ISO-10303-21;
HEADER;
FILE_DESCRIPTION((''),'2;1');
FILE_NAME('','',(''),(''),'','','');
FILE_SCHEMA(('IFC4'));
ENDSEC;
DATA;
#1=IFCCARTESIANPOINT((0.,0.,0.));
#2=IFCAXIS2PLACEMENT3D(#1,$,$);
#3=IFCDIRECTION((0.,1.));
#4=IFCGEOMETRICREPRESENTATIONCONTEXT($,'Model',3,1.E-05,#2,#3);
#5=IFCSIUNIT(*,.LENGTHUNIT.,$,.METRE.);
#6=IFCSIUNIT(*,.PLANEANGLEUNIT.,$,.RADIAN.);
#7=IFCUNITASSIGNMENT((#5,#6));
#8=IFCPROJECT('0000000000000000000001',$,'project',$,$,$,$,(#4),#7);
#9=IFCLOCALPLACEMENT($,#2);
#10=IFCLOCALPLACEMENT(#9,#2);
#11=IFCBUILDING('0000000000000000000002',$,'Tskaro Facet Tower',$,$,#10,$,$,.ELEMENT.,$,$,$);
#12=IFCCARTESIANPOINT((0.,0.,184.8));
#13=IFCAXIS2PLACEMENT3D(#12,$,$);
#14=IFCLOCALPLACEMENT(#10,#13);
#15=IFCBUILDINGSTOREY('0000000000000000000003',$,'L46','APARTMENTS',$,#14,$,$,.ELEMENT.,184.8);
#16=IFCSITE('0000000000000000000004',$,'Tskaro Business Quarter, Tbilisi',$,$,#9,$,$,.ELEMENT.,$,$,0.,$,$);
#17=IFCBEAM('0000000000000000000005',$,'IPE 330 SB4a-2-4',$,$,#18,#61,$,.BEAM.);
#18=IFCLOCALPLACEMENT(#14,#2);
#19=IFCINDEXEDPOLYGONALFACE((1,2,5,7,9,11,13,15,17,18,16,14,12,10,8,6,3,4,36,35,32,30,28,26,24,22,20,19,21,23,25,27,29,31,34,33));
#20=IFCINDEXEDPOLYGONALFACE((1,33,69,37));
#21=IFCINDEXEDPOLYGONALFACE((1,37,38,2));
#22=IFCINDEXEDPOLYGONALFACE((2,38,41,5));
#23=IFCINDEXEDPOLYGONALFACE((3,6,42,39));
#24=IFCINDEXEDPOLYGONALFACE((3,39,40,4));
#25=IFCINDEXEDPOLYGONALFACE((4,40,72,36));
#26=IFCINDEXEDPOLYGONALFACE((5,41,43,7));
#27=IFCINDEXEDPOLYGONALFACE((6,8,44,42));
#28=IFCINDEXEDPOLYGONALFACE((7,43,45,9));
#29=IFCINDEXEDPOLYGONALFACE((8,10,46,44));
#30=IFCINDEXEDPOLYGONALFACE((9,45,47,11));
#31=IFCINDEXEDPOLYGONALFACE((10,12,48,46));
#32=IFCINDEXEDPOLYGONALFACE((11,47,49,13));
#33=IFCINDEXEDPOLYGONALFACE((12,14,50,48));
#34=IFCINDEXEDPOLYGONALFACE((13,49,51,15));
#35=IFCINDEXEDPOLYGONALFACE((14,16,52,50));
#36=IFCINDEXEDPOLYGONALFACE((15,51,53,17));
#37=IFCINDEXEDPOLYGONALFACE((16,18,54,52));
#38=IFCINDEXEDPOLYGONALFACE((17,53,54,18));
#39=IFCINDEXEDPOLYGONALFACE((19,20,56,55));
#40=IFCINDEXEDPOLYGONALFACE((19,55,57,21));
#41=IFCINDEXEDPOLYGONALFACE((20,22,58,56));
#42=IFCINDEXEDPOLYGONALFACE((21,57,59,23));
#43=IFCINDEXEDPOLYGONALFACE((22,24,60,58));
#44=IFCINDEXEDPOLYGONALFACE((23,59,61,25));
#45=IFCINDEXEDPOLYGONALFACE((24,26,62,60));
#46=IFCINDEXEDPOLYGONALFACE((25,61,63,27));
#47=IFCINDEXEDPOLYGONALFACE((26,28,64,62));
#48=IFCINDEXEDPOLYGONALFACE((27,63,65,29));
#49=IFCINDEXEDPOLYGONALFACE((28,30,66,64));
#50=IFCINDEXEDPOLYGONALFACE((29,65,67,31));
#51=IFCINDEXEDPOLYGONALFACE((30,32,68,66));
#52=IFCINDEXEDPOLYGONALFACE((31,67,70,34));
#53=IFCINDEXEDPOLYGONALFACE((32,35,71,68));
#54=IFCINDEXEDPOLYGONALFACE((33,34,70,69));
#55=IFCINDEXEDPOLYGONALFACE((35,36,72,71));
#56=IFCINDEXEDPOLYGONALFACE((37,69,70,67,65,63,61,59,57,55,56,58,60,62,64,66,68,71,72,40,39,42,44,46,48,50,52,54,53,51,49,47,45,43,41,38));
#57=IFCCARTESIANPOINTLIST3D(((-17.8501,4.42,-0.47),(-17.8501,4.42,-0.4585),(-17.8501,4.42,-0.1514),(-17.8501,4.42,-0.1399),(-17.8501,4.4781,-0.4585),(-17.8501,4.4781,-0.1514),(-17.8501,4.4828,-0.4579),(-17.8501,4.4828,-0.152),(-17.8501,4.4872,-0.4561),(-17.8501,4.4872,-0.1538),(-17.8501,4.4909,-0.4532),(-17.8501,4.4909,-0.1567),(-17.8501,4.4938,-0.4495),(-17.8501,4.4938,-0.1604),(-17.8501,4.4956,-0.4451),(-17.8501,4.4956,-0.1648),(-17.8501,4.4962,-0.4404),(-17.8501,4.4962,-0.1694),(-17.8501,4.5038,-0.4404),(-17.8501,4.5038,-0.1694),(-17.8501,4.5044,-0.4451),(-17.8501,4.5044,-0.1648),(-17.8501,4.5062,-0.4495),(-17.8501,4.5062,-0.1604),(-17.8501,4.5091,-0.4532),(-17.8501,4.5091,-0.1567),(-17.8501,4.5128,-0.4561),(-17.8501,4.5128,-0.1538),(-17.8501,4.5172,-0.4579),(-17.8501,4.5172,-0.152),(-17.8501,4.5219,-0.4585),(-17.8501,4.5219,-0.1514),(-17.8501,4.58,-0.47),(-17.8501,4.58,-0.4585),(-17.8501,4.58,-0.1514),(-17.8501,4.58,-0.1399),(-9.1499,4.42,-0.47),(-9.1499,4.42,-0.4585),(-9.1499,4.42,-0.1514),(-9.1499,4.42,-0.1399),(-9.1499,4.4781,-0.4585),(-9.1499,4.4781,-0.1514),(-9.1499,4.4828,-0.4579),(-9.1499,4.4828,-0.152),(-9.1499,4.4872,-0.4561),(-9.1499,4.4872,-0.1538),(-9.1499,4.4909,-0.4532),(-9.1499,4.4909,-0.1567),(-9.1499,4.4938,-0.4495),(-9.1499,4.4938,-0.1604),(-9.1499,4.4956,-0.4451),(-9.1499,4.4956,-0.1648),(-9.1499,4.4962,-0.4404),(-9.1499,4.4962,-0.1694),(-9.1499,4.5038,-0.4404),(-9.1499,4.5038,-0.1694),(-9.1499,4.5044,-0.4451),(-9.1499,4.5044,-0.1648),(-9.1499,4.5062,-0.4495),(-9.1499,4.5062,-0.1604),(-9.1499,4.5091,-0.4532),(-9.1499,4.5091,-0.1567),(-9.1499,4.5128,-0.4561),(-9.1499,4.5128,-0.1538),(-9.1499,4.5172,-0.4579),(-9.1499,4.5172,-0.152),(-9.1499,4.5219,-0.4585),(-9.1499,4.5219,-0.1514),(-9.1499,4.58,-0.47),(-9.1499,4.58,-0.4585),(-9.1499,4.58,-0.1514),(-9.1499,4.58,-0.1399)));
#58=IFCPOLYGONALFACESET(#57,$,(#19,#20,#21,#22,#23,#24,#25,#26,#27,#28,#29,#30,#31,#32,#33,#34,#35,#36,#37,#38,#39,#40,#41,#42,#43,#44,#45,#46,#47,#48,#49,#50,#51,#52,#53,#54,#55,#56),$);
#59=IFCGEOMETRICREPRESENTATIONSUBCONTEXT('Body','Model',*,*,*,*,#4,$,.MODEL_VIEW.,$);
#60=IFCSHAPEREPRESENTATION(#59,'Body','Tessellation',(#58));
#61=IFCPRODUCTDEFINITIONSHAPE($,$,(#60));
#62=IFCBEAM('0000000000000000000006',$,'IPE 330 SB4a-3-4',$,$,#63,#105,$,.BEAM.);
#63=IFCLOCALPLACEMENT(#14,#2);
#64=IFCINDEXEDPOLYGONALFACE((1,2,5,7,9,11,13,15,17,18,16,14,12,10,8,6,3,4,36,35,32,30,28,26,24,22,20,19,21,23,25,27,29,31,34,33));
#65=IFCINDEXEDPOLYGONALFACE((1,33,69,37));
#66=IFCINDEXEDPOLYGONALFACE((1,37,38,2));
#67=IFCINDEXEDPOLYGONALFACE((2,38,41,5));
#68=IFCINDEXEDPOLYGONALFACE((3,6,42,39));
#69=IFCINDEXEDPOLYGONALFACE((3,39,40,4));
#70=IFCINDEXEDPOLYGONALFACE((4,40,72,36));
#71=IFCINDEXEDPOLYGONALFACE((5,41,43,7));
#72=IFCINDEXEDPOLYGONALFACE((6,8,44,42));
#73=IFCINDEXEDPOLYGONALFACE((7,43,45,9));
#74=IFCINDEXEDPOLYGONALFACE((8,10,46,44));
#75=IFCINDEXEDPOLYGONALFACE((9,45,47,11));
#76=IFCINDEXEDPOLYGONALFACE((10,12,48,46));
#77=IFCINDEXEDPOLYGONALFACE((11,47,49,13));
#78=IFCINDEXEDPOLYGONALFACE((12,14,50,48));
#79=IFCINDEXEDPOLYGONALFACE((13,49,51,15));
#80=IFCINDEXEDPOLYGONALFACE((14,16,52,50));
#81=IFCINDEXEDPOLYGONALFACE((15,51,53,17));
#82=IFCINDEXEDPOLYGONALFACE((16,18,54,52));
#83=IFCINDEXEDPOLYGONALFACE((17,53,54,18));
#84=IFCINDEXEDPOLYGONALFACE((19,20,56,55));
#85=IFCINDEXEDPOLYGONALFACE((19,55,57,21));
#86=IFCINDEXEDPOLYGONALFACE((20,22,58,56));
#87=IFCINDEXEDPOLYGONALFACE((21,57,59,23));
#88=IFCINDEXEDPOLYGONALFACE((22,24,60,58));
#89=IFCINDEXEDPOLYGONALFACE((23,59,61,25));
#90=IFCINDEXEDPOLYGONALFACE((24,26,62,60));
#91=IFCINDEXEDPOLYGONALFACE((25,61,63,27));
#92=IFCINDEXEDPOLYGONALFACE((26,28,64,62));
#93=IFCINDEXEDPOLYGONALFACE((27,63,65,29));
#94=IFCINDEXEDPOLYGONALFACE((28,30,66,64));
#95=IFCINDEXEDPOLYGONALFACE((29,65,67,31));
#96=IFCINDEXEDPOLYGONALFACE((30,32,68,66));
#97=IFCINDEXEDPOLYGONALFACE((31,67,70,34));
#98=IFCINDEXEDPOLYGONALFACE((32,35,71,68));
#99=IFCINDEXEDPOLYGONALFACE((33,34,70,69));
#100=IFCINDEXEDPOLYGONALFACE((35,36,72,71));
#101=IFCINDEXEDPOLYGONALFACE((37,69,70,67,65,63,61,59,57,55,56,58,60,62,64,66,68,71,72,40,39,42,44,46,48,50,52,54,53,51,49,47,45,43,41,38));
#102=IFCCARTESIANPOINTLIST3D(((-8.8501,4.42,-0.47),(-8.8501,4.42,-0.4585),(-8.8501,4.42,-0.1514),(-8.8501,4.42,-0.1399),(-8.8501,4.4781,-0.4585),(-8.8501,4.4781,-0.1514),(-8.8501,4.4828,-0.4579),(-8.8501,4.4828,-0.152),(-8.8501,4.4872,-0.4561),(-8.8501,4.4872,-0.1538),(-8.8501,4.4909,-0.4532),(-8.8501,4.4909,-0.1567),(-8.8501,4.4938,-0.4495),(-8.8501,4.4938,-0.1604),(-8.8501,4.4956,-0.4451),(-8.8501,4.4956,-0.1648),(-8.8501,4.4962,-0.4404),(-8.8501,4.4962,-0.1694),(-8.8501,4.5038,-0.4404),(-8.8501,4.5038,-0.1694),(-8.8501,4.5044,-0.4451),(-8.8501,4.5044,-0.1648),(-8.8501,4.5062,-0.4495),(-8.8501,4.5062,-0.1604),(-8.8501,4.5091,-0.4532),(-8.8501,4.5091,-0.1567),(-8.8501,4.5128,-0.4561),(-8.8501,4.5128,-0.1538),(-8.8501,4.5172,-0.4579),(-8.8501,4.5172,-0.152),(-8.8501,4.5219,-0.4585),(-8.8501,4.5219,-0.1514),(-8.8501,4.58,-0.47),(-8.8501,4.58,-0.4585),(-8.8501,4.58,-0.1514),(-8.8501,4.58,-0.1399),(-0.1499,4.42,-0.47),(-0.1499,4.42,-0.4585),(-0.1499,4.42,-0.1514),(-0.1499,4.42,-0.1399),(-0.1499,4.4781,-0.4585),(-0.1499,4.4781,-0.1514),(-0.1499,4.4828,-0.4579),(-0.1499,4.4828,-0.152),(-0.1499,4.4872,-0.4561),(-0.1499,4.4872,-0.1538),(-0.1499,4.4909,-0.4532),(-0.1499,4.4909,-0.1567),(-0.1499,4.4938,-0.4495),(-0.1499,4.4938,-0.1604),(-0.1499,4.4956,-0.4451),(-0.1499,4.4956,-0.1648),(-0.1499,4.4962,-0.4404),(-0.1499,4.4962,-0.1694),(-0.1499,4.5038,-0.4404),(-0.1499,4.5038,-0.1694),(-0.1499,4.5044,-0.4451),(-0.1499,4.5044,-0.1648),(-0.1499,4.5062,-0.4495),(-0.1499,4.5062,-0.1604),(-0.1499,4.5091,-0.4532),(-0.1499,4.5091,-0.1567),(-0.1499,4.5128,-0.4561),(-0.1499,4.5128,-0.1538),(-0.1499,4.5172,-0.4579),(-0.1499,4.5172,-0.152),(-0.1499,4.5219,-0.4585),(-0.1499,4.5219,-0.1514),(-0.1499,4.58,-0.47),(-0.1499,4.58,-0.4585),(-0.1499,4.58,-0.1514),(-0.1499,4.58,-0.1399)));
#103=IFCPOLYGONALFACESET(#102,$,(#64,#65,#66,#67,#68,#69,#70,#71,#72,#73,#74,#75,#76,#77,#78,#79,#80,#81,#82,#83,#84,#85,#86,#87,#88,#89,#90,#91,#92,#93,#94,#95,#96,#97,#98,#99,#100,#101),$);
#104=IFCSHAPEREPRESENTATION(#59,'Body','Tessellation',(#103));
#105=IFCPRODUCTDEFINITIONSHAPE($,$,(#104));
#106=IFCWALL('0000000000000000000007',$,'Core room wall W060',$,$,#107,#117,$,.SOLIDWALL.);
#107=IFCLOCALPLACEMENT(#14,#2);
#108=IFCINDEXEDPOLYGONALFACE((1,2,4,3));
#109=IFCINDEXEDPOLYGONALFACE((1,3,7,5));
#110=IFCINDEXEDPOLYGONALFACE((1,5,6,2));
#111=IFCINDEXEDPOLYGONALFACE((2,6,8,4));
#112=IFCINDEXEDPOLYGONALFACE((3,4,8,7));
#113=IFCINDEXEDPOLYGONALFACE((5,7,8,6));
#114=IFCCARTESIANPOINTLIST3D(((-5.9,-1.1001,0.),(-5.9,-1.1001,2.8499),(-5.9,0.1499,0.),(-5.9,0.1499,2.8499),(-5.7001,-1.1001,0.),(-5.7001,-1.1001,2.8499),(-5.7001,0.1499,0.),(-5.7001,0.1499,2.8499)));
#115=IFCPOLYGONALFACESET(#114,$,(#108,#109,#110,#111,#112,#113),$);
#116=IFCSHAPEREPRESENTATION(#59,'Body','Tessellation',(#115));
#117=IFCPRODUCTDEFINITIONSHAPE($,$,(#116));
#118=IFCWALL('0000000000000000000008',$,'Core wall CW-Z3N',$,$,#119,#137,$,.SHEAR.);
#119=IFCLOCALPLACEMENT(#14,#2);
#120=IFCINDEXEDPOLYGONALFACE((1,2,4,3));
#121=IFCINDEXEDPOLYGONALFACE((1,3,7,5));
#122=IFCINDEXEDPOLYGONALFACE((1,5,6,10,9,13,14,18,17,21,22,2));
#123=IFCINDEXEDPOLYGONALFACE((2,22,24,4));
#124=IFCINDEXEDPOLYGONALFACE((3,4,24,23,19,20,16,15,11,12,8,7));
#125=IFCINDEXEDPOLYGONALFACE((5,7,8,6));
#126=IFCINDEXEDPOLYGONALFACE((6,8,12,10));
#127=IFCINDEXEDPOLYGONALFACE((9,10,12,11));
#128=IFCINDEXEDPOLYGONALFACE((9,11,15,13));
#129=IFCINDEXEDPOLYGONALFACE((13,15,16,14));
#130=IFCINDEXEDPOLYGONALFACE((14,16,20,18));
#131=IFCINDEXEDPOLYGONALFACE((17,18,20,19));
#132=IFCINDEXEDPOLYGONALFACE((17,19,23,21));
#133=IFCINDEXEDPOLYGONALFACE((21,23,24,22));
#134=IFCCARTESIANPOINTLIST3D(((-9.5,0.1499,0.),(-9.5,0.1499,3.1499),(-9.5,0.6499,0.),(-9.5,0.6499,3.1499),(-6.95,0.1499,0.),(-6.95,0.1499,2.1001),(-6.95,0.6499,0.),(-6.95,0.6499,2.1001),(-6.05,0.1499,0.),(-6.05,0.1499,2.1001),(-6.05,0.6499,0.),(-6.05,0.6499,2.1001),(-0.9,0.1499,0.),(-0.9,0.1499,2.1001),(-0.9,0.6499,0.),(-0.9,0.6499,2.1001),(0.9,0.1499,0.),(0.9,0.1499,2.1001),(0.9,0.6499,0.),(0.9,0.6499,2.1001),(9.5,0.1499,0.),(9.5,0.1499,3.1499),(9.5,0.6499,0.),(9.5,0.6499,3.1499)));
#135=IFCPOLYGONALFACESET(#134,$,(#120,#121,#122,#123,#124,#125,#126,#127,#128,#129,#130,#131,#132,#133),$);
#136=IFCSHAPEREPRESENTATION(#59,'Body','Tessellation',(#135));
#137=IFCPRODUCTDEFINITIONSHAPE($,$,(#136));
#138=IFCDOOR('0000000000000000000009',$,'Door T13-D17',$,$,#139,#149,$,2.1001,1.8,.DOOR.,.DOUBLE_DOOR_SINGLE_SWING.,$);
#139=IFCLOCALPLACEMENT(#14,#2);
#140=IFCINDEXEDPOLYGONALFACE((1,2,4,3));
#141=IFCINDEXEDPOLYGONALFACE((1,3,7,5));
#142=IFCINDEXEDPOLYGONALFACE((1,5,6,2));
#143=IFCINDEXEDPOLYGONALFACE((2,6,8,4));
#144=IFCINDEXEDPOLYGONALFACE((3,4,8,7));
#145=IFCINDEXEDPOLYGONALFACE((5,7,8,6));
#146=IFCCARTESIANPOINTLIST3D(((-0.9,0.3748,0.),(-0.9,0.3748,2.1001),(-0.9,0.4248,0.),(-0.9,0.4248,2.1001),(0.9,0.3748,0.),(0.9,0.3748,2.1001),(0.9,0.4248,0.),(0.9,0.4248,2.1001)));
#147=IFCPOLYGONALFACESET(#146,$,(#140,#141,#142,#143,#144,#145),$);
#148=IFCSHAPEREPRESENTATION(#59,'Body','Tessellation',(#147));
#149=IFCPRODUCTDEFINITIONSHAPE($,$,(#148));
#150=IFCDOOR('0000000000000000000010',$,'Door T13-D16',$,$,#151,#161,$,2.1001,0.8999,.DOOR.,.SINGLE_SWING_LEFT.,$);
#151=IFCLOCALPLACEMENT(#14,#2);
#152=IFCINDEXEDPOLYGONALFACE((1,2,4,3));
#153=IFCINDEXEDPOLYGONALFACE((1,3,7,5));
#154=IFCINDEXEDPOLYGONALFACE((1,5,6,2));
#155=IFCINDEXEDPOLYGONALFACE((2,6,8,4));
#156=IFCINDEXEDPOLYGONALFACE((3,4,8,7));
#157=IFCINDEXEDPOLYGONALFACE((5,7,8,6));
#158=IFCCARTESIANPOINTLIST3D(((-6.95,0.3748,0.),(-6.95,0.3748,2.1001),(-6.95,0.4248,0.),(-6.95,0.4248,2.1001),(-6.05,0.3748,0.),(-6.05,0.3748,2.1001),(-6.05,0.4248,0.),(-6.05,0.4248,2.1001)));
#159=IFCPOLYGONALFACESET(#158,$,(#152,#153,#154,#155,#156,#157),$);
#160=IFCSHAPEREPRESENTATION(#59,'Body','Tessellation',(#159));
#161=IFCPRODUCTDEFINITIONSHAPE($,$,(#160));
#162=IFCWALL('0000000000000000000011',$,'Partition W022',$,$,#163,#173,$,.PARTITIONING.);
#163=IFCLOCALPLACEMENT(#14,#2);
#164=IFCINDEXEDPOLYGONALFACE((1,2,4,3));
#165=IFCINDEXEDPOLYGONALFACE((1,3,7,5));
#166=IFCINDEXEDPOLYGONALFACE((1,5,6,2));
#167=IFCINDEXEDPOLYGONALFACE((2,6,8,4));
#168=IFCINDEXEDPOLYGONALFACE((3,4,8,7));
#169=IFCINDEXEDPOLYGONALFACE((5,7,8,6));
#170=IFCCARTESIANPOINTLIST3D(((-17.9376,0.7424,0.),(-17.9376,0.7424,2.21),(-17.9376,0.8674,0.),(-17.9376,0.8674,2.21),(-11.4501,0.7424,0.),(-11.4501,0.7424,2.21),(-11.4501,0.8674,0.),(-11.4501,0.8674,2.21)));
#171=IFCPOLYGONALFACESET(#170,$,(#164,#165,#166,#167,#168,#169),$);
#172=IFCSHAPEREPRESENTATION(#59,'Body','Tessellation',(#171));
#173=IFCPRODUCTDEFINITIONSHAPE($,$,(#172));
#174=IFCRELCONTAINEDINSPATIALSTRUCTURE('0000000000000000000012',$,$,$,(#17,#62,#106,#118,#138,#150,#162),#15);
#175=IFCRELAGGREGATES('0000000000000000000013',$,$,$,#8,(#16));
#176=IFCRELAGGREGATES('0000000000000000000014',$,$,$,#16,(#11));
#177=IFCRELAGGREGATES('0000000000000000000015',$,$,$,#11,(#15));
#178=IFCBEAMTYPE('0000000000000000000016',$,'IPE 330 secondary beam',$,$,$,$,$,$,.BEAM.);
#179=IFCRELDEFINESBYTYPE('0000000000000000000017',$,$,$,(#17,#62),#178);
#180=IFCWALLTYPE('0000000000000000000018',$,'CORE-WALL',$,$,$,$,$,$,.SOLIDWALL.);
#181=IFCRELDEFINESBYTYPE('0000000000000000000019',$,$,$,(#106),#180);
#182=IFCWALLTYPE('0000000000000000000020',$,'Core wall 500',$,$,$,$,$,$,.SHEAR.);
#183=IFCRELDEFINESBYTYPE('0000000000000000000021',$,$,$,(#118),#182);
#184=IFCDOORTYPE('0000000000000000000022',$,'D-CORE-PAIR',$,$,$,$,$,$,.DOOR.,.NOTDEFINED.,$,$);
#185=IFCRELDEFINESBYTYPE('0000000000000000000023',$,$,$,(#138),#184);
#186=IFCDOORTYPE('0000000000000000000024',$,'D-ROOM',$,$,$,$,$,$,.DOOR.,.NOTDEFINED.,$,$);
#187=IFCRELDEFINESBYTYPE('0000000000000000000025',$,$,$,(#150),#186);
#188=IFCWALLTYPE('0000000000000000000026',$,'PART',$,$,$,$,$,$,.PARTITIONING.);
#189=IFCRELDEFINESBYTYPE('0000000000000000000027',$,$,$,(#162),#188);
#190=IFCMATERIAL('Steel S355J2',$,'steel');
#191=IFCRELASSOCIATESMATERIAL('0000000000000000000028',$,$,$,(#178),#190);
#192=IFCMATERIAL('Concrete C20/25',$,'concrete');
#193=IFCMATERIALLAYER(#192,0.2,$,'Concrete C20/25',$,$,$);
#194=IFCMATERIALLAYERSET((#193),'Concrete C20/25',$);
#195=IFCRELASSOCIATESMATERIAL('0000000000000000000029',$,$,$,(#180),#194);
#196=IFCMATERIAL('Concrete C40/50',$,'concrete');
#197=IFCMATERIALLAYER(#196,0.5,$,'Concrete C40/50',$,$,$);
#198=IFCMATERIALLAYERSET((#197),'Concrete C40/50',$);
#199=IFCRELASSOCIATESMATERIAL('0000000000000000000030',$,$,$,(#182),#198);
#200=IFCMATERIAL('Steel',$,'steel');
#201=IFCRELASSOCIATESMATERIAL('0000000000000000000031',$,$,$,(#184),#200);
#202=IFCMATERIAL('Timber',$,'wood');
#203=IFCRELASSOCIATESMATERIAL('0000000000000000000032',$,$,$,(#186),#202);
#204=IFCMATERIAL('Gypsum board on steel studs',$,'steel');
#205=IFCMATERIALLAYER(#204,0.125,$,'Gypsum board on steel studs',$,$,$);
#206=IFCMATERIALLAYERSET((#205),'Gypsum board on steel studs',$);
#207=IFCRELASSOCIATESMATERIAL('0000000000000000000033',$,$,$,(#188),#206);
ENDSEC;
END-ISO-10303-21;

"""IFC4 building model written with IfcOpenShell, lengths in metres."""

from ifc_helpers import new_model, si_unit, direction, frame, frame_2d, origin, origin_2d, place, context, subcontext, project, spatial, rectangle, i_section, extrude, material, layer, layer_set, material_profile, profile_set, type_object, element, fill, save


model = new_model("IFC4")

# Units and contexts
model_context = context("Model", 3, precision=1e-05, world=origin(), true_north=direction((0.0, 1.0)))
body_context = subcontext(model_context, "Body", "Model", "MODEL_VIEW")
ifc_project = project(units=[si_unit("LENGTHUNIT", "METRE"), si_unit("PLANEANGLEUNIT", "RADIAN")], contexts=[model_context])

# Site, building, storey
site_placement = place(None, origin())
site = spatial("IfcSite", under=ifc_project, at=site_placement, Name="Tskaro Business Quarter, Tbilisi", CompositionType="ELEMENT", RefElevation=0.0)
building_placement = place(site_placement, origin())
building = spatial("IfcBuilding", under=site, at=building_placement, Name="Tskaro Facet Tower", CompositionType="ELEMENT")
storey_placement = place(building_placement, frame((0.0, 0.0, 184.8)))
storey = spatial("IfcBuildingStorey", under=building, at=storey_placement, Name="L46", Description="APARTMENTS", CompositionType="ELEMENT", Elevation=184.8)

# Beams
ifc_material_1 = material(Name="Steel S355J2", Category="steel")
ifc_material_profile_1 = material_profile(ifc_material_1, i_section(OverallWidth=0.1599, OverallDepth=0.3301, WebThickness=0.0076, FlangeThickness=0.0115, FilletRadius=0.0181, at=origin_2d()), Name="IPE 330")
ifc_profile_set_1 = profile_set([ifc_material_profile_1], Name="Steel S355J2")
beam_type_1 = type_object("IfcBeamType", Name="IPE 330 secondary beam", PredefinedType="BEAM", material=ifc_profile_set_1)
for number, where, z_axis, x_axis, name in (
    (1, (-17.8501, 4.5, -0.3049), (1.0, 0.0, 0.0), (0.0, 1.0, 0.0), "IPE 330 SB4a-2-4"),
    (2, (-8.8501, 4.5, -0.3049), (1.0, 0.0, 0.0), (0.0, 1.0, 0.0), "IPE 330 SB4a-3-4"),
):
    element("IfcBeam", number, at=place(storey_placement, frame(where, z_axis=z_axis, x_axis=x_axis)), inside=storey, type_object=beam_type_1, Name=name, PredefinedType="BEAM", context=body_context, shape_type="SweptSolid", body=[
        extrude(i_section(OverallWidth=0.1599, OverallDepth=0.3301, WebThickness=0.0076, FlangeThickness=0.0115, FilletRadius=0.0181, at=origin_2d()), origin(), (0.0, 0.0, 1.0), 8.7002),
    ])

# Wall
ifc_material_2 = material(Name="Concrete C20/25", Category="concrete")
ifc_layer_1 = layer(ifc_material_2, 0.2, Name="Concrete C20/25")
ifc_layer_set_1 = layer_set([ifc_layer_1], Name="Concrete C20/25")
wall_type_1 = type_object("IfcWallType", Name="CORE-WALL", PredefinedType="SOLIDWALL", material=ifc_layer_set_1)
wall_1_placement = place(storey_placement, frame((-5.8, -1.1001, 0.0), z_axis=(0.0, 0.0, 1.0), x_axis=(0.0, 1.0, 0.0)))
element("IfcWall", 3, at=wall_1_placement, inside=storey, type_object=wall_type_1, Name="Core room wall W060", PredefinedType="SOLIDWALL", context=body_context, shape_type="SweptSolid", body=[
    extrude(rectangle(XDim=1.25, YDim=0.2, at=frame_2d((0.625, 0.0))), origin(), (0.0, 0.0, 1.0), 2.8499),
])

# Wall, openings, doors
ifc_material_3 = material(Name="Concrete C40/50", Category="concrete")
ifc_layer_2 = layer(ifc_material_3, 0.5, Name="Concrete C40/50")
ifc_layer_set_2 = layer_set([ifc_layer_2], Name="Concrete C40/50")
wall_type_2 = type_object("IfcWallType", Name="Core wall 500", PredefinedType="SHEAR", material=ifc_layer_set_2)
wall_2_placement = place(storey_placement, frame((-9.5, 0.3999, 0.0), z_axis=(0.0, 0.0, 1.0), x_axis=(1.0, 0.0, 0.0)))
wall_2 = element("IfcWall", 4, at=wall_2_placement, inside=storey, type_object=wall_type_2, Name="Core wall CW-Z3N", PredefinedType="SHEAR", context=body_context, shape_type="SweptSolid", body=[
    extrude(rectangle(XDim=19.0, YDim=0.5, at=frame_2d((9.5, 0.0))), origin(), (0.0, 0.0, 1.0), 3.1499),
])
opening_1_placement = place(wall_2_placement, frame((8.6001, 0.0, 0.0)))
opening_1 = element("IfcOpeningElement", 5, at=opening_1_placement, cuts=wall_2, PredefinedType="OPENING", context=body_context, shape_type="SweptSolid", body=[
    extrude(rectangle(XDim=1.8, YDim=2.1001, at=frame_2d((0.8999, 1.05))), frame((0.0, 0.26, 0.0), z_axis=(0.0, -1.0, 0.0), x_axis=(1.0, 0.0, 0.0)), (0.0, 0.0, 1.0), 0.52),
])
opening_2_placement = place(wall_2_placement, frame((2.55, 0.0, 0.0)))
opening_2 = element("IfcOpeningElement", 6, at=opening_2_placement, cuts=wall_2, PredefinedType="OPENING", context=body_context, shape_type="SweptSolid", body=[
    extrude(rectangle(XDim=0.8999, YDim=2.1001, at=frame_2d((0.45, 1.05))), frame((0.0, 0.26, 0.0), z_axis=(0.0, -1.0, 0.0), x_axis=(1.0, 0.0, 0.0)), (0.0, 0.0, 1.0), 0.52),
])
ifc_material_4 = material(Name="Steel", Category="steel")
door_type_1 = type_object("IfcDoorType", Name="D-CORE-PAIR", OperationType="NOTDEFINED", PredefinedType="DOOR", material=ifc_material_4)
door_1_placement = place(opening_1_placement, origin())
door_1 = element("IfcDoor", 7, at=door_1_placement, inside=storey, type_object=door_type_1, Name="Door T13-D17", OperationType="DOUBLE_DOOR_SINGLE_SWING", OverallHeight=2.1001, OverallWidth=1.8, PredefinedType="DOOR", context=body_context, shape_type="SweptSolid", body=[
    extrude(rectangle(XDim=1.8, YDim=2.1001, at=frame_2d((0.8999, 1.05))), frame((0.0, 0.0249, 0.0), z_axis=(0.0, -1.0, 0.0), x_axis=(1.0, 0.0, 0.0)), (0.0, 0.0, 1.0), 0.05),
])
fill(opening_1, door_1)
ifc_material_5 = material(Name="Timber", Category="wood")
door_type_2 = type_object("IfcDoorType", Name="D-ROOM", OperationType="NOTDEFINED", PredefinedType="DOOR", material=ifc_material_5)
door_2_placement = place(opening_2_placement, origin())
door_2 = element("IfcDoor", 8, at=door_2_placement, inside=storey, type_object=door_type_2, Name="Door T13-D16", OperationType="SINGLE_SWING_LEFT", OverallHeight=2.1001, OverallWidth=0.8999, PredefinedType="DOOR", context=body_context, shape_type="SweptSolid", body=[
    extrude(rectangle(XDim=0.8999, YDim=2.1001, at=frame_2d((0.45, 1.05))), frame((0.0, 0.0249, 0.0), z_axis=(0.0, -1.0, 0.0), x_axis=(1.0, 0.0, 0.0)), (0.0, 0.0, 1.0), 0.05),
])
fill(opening_2, door_2)

# Wall
ifc_material_6 = material(Name="Gypsum board on steel studs", Category="steel")
ifc_layer_3 = layer(ifc_material_6, 0.125, Name="Gypsum board on steel studs")
ifc_layer_set_3 = layer_set([ifc_layer_3], Name="Gypsum board on steel studs")
wall_type_3 = type_object("IfcWallType", Name="PART", PredefinedType="PARTITIONING", material=ifc_layer_set_3)
wall_3_placement = place(storey_placement, frame((-17.9375, 0.8049, 0.0), z_axis=(0.0, 0.0, 1.0), x_axis=(1.0, 0.0, 0.0)))
element("IfcWall", 9, at=wall_3_placement, inside=storey, type_object=wall_type_3, Name="Partition W022", PredefinedType="PARTITIONING", context=body_context, shape_type="SweptSolid", body=[
    extrude(rectangle(XDim=6.4875, YDim=0.125, at=frame_2d((3.2437, 0.0))), origin(), (0.0, 0.0, 1.0), 2.21),
])

save(model, "model.ifc")
